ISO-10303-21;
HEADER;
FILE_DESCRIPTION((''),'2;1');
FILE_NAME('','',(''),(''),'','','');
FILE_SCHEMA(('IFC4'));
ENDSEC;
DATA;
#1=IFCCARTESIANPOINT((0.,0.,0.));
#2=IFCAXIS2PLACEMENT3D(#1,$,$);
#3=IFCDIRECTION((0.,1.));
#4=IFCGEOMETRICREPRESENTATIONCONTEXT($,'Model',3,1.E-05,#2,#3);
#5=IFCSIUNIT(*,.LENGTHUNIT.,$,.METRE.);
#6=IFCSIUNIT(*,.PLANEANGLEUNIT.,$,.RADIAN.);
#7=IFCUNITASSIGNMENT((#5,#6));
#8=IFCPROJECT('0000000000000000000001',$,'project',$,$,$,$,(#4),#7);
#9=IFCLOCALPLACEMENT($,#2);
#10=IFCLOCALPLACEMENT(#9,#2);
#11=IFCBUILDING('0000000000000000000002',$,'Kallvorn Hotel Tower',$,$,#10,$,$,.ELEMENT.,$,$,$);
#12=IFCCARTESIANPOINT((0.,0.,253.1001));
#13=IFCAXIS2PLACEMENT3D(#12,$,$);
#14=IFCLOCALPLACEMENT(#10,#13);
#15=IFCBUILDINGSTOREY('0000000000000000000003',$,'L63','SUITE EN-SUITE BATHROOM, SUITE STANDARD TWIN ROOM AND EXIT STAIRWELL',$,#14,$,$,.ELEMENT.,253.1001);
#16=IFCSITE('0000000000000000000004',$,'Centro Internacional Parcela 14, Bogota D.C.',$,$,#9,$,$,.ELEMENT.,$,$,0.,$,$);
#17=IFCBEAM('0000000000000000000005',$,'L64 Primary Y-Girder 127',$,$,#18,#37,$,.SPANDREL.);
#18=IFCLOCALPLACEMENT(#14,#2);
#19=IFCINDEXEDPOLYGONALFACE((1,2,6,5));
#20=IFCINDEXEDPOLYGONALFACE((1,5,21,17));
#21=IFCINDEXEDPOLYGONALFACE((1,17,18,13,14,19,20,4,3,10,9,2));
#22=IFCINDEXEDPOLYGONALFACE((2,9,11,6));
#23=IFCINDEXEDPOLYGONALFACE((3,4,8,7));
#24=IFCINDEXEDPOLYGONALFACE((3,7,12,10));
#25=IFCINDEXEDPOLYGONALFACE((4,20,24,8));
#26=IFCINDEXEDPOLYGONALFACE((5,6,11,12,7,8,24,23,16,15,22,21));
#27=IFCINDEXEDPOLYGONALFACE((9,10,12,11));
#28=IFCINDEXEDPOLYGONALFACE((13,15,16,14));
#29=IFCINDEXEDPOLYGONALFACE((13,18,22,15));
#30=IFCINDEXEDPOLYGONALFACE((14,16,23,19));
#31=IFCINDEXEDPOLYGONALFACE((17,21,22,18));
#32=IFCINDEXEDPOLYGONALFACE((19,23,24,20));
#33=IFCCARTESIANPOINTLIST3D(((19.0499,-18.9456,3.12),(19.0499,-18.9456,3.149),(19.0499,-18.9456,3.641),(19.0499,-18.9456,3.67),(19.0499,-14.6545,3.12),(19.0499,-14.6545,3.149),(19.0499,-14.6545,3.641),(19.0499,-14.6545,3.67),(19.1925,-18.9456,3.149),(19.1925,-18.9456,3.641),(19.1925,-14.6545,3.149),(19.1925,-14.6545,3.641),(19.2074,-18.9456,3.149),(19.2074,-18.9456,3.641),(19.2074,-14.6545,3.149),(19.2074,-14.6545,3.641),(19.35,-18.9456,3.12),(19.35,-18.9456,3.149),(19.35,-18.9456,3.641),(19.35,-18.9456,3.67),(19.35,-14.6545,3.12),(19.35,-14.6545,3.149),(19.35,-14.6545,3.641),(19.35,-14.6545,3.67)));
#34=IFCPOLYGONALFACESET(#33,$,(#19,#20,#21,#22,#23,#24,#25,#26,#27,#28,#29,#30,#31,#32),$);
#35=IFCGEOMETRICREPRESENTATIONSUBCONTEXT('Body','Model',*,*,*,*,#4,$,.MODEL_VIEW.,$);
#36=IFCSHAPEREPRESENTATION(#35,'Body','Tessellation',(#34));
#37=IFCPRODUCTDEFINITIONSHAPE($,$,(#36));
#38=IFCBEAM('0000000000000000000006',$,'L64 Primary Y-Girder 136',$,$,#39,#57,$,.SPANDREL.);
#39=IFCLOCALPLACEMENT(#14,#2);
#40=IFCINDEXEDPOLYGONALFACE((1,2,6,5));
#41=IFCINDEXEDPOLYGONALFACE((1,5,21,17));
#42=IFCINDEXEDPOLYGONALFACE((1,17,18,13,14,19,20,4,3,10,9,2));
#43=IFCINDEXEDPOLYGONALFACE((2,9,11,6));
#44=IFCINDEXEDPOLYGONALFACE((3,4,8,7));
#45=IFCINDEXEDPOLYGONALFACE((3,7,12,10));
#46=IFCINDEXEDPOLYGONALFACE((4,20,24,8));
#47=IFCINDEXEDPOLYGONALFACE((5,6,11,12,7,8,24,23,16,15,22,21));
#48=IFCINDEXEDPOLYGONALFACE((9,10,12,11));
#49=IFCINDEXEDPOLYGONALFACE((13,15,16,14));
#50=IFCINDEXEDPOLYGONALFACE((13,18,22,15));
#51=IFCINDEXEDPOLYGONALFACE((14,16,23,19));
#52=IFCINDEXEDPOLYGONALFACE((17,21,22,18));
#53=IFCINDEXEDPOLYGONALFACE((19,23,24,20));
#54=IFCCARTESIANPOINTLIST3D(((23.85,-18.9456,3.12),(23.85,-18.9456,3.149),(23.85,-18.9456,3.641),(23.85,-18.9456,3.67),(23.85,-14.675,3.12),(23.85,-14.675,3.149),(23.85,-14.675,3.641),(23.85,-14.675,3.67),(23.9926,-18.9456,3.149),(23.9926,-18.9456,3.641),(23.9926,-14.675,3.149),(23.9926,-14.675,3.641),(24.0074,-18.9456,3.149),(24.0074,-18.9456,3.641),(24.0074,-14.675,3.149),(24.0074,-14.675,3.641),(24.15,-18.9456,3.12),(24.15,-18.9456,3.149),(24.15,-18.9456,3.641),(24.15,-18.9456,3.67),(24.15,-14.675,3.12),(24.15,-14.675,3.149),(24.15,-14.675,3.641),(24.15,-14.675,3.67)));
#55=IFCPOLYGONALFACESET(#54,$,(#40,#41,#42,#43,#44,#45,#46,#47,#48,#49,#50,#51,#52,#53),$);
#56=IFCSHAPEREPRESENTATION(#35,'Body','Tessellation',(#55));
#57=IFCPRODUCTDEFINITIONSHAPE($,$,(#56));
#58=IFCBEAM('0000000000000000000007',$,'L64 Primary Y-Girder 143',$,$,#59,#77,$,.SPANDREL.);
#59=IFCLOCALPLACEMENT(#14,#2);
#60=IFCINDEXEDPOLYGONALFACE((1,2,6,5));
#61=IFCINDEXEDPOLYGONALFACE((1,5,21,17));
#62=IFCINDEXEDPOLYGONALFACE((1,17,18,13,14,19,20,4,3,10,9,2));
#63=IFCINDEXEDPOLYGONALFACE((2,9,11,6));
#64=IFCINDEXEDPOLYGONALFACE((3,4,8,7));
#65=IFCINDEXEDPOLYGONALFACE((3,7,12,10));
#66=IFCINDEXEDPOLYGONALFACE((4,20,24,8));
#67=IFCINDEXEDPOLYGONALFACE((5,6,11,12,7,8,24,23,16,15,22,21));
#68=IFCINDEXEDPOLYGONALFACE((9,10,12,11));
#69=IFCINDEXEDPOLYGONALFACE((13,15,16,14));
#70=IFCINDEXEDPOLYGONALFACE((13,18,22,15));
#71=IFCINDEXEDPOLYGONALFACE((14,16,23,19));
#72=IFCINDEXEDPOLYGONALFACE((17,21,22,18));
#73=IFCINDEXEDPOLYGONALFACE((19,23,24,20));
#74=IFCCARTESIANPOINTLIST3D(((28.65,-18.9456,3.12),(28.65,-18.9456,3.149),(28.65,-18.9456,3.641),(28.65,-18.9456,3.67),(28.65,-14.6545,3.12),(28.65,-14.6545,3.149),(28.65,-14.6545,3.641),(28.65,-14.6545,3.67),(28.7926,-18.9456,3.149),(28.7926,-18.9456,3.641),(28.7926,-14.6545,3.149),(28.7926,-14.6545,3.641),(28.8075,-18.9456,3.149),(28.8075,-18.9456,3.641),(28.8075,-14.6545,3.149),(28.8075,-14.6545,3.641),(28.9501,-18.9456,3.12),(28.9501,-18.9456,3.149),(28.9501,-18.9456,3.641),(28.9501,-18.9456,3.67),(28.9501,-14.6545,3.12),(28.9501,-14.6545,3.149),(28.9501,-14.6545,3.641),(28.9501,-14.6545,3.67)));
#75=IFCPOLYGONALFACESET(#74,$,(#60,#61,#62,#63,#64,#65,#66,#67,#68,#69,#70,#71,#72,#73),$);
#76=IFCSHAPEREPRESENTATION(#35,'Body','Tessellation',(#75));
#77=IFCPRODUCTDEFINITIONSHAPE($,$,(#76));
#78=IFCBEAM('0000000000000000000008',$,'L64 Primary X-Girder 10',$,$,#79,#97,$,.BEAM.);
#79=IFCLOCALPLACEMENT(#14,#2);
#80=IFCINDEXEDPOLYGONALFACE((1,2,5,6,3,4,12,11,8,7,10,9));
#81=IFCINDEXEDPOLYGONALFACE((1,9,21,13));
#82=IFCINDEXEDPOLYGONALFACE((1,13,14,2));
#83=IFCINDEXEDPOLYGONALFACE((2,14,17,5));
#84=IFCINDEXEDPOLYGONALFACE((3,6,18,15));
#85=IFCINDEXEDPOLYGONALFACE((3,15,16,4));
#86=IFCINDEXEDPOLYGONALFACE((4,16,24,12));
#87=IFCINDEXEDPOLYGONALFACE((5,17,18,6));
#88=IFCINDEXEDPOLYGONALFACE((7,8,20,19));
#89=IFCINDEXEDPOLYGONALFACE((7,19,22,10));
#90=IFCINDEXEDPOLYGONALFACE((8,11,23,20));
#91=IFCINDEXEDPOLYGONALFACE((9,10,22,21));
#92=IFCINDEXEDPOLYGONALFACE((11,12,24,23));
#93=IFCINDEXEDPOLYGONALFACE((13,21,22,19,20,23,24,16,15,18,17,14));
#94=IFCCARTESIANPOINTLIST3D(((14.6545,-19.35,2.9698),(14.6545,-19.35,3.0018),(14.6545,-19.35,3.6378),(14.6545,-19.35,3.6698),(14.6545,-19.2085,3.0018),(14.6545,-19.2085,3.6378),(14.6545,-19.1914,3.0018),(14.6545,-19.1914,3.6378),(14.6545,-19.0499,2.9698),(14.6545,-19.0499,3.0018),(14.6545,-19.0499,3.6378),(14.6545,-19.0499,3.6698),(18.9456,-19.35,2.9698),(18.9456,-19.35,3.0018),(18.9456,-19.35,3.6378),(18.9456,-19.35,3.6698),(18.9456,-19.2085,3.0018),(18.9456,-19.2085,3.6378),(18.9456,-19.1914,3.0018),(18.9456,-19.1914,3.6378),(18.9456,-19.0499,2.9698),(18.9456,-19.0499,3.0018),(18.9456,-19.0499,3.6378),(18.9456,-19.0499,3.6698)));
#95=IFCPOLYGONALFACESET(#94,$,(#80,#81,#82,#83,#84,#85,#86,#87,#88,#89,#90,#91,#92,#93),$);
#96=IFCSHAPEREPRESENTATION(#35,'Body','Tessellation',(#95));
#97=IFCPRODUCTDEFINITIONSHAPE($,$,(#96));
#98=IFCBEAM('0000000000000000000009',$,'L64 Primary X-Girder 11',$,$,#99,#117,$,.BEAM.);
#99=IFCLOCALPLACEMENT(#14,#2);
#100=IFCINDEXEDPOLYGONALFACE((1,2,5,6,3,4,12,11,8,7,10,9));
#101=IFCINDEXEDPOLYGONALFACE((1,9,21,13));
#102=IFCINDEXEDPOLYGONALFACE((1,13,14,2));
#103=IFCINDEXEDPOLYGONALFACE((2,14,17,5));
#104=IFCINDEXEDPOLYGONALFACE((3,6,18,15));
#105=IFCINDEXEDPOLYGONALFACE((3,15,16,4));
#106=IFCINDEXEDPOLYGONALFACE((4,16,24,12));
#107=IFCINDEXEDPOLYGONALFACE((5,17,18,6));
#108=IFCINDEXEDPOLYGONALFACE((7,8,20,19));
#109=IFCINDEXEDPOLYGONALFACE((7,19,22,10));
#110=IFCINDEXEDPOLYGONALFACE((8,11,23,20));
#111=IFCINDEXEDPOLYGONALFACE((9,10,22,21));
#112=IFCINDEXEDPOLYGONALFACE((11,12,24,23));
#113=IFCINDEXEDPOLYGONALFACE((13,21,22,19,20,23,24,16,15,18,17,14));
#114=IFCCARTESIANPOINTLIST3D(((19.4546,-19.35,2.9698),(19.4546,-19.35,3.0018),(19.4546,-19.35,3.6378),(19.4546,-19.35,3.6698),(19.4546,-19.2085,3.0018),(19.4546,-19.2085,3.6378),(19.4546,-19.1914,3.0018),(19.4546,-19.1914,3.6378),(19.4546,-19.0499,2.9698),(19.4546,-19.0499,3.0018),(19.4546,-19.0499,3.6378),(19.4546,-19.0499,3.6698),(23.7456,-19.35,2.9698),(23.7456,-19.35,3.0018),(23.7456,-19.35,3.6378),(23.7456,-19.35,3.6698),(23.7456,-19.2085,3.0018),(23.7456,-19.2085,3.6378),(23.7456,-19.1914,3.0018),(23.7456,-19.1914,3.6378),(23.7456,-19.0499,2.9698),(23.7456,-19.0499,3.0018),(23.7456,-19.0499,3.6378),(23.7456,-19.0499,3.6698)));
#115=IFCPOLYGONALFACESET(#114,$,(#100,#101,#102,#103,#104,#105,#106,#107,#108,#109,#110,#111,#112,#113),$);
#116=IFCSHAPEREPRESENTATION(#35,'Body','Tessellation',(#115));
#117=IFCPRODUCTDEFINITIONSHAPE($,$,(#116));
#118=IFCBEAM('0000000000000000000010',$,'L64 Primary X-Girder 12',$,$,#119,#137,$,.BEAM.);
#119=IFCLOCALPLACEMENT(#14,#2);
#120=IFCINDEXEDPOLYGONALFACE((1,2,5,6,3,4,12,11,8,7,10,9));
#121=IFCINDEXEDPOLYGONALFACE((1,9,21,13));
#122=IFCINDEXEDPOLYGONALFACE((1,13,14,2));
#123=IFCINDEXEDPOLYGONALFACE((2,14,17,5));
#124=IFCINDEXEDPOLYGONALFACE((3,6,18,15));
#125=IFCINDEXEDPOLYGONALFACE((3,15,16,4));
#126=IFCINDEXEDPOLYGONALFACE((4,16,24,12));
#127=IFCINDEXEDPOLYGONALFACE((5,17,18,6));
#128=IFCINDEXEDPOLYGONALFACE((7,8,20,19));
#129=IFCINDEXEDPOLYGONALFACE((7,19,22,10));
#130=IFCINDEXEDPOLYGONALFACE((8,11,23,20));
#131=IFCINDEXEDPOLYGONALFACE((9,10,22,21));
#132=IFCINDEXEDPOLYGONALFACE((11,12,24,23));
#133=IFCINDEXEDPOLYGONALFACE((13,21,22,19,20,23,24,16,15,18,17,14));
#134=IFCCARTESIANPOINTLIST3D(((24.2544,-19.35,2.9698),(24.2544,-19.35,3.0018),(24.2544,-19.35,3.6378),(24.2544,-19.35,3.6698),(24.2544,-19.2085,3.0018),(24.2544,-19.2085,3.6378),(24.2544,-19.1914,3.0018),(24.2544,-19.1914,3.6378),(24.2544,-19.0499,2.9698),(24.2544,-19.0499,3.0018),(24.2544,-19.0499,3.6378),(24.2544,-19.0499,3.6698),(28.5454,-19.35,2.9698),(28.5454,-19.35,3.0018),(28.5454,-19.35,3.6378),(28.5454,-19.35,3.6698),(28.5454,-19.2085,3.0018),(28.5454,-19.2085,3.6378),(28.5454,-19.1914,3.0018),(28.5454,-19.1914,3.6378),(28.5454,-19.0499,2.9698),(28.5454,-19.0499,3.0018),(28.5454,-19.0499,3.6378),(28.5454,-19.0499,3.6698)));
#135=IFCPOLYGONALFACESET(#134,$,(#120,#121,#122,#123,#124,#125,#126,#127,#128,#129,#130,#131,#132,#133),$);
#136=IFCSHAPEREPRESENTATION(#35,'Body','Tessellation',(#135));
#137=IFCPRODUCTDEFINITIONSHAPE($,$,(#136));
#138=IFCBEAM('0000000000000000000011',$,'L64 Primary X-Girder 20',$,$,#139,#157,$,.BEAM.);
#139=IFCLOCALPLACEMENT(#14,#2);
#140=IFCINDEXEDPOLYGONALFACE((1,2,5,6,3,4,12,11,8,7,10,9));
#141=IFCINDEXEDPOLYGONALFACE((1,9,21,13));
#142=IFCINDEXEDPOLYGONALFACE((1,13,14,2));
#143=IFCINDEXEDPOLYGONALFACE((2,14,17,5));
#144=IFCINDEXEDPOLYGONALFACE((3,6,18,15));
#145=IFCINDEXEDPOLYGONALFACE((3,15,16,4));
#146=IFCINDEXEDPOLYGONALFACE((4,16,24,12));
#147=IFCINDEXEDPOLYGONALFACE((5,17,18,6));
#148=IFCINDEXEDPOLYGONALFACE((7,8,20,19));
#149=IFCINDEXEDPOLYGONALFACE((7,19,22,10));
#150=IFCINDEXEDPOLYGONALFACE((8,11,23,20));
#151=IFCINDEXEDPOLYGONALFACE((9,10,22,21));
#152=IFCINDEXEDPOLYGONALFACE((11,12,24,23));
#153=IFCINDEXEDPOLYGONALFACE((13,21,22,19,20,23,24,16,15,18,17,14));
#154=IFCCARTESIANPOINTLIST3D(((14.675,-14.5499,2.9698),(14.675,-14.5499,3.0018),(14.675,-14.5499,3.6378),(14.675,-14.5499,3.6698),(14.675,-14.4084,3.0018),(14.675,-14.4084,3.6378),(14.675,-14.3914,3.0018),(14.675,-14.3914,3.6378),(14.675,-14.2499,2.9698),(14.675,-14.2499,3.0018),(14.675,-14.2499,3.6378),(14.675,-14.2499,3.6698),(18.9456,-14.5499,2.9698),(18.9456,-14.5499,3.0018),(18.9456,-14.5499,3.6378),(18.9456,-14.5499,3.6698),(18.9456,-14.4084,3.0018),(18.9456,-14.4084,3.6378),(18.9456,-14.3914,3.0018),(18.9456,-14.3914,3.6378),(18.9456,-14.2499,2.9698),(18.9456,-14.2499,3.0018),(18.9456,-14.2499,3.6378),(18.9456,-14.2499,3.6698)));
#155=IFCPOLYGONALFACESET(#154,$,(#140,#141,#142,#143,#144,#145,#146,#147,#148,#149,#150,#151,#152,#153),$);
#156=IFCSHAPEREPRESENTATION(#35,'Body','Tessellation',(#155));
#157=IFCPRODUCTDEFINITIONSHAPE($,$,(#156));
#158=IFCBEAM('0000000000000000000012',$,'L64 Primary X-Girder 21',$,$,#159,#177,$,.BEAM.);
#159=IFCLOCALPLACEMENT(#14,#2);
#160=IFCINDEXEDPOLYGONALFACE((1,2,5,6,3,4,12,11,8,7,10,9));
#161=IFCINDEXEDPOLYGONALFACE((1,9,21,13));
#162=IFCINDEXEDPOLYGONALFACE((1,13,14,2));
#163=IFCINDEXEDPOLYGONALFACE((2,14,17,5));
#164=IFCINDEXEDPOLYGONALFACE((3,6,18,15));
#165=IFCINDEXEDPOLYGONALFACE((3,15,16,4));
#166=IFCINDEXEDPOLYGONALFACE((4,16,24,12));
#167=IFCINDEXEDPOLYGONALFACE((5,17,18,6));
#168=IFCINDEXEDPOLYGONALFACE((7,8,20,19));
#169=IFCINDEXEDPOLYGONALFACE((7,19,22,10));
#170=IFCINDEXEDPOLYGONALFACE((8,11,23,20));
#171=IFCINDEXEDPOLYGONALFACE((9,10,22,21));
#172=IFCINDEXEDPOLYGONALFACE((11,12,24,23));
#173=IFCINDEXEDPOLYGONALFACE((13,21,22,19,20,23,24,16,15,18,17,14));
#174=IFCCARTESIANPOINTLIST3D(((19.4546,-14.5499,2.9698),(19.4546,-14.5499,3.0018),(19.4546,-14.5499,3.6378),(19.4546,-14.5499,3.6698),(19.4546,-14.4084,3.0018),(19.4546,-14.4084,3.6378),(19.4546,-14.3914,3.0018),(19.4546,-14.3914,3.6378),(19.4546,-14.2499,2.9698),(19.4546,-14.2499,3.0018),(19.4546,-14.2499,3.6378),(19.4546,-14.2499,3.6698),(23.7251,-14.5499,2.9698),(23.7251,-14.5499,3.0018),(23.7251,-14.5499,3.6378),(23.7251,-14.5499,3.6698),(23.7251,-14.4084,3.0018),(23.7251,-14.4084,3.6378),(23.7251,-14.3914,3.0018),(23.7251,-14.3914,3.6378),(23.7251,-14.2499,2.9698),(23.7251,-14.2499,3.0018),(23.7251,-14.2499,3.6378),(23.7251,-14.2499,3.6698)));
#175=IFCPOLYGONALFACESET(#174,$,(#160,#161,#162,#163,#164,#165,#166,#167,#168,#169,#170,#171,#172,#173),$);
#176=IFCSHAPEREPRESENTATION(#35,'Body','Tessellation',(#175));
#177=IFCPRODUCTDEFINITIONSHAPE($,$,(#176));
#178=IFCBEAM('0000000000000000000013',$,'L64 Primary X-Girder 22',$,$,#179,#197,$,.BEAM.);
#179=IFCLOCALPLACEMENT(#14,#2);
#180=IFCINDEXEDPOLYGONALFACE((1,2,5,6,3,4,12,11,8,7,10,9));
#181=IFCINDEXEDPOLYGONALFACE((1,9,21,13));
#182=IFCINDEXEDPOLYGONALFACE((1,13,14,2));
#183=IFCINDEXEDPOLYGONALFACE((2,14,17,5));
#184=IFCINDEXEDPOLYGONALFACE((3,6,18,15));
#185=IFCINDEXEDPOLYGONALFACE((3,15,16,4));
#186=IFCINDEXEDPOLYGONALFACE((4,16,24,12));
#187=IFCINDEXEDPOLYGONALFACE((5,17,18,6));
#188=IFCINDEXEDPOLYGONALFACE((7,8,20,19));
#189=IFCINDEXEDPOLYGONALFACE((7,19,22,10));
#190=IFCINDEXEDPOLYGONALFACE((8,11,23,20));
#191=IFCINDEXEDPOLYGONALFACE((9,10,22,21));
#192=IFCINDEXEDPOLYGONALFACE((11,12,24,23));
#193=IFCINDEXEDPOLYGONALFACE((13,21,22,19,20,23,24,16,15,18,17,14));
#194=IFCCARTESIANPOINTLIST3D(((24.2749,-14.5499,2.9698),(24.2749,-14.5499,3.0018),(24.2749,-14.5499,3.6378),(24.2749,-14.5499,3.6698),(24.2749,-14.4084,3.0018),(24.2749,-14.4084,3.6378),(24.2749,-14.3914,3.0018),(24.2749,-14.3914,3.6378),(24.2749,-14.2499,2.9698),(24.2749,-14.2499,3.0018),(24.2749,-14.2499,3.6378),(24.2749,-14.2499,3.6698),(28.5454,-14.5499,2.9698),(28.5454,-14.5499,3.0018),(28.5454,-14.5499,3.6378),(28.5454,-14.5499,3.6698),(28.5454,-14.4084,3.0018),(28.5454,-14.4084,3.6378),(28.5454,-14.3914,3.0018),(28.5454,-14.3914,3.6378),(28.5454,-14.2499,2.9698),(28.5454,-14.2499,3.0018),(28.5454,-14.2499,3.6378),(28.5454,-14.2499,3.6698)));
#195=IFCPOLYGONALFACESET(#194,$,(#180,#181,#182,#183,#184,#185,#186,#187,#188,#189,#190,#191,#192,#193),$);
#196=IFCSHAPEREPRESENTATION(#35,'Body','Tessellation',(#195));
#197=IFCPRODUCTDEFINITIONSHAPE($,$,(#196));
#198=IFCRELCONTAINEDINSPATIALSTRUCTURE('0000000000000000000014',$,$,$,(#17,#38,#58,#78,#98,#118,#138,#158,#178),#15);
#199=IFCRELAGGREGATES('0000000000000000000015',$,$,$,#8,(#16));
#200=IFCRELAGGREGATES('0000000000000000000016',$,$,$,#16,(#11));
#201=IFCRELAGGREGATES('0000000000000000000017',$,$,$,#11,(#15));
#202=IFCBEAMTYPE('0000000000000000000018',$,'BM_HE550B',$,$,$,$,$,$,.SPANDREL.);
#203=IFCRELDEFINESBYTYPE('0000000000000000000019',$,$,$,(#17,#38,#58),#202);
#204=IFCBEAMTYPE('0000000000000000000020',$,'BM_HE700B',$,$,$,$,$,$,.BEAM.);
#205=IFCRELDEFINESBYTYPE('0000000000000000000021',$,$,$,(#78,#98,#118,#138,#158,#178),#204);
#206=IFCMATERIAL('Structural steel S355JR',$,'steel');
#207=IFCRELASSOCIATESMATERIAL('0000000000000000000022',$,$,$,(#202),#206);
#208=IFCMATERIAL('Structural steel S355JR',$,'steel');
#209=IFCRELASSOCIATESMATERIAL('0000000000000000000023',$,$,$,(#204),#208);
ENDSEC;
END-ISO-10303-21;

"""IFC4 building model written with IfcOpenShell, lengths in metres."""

from ifc_helpers import new_model, si_unit, direction, frame, origin, origin_2d, place, context, subcontext, project, spatial, i_section, extrude, material, material_profile, profile_set, type_object, element, save


model = new_model("IFC4")

# Units and contexts
model_context = context("Model", 3, precision=1e-05, world=origin(), true_north=direction((0.0, 1.0)))
body_context = subcontext(model_context, "Body", "Model", "MODEL_VIEW")
ifc_project = project(units=[si_unit("LENGTHUNIT", "METRE"), si_unit("PLANEANGLEUNIT", "RADIAN")], contexts=[model_context])

# Site, building, storey
site_placement = place(None, origin())
site = spatial("IfcSite", under=ifc_project, at=site_placement, Name="Centro Internacional Parcela 14, Bogota D.C.", CompositionType="ELEMENT", RefElevation=0.0)
building_placement = place(site_placement, origin())
building = spatial("IfcBuilding", under=site, at=building_placement, Name="Kallvorn Hotel Tower", CompositionType="ELEMENT")
storey_placement = place(building_placement, frame((0.0, 0.0, 253.1001)))
storey = spatial("IfcBuildingStorey", under=building, at=storey_placement, Name="L63", Description="SUITE EN-SUITE BATHROOM, SUITE STANDARD TWIN ROOM AND EXIT STAIRWELL", CompositionType="ELEMENT", Elevation=253.1001)

# Beams
ifc_material_1 = material(Name="Structural steel S355JR", Category="steel")
ifc_material_profile_1 = material_profile(ifc_material_1, i_section(OverallWidth=0.3, OverallDepth=0.55, WebThickness=0.0149, FlangeThickness=0.0291, at=origin_2d()), Name="HE 550 B")
ifc_profile_set_1 = profile_set([ifc_material_profile_1], Name="Structural steel S355JR")
beam_type_1 = type_object("IfcBeamType", Name="BM_HE550B", PredefinedType="SPANDREL", material=ifc_profile_set_1)
beam_1_placement = place(storey_placement, frame((19.2, -18.9456, 3.395), z_axis=(0.0, 1.0, 0.0), x_axis=(-1.0, 0.0, 0.0)))
element("IfcBeam", 1, at=beam_1_placement, inside=storey, type_object=beam_type_1, Name="L64 Primary Y-Girder 127", PredefinedType="SPANDREL", context=body_context, shape_type="SweptSolid", body=[
    extrude(i_section(OverallWidth=0.3, OverallDepth=0.55, WebThickness=0.0149, FlangeThickness=0.0291, at=origin_2d()), origin(), (0.0, 0.0, 1.0), 4.291),
])
beam_2_placement = place(storey_placement, frame((24.0, -18.9456, 3.395), z_axis=(0.0, 1.0, 0.0), x_axis=(-1.0, 0.0, 0.0)))
element("IfcBeam", 2, at=beam_2_placement, inside=storey, type_object=beam_type_1, Name="L64 Primary Y-Girder 136", PredefinedType="SPANDREL", context=body_context, shape_type="SweptSolid", body=[
    extrude(i_section(OverallWidth=0.3, OverallDepth=0.55, WebThickness=0.0149, FlangeThickness=0.0291, at=origin_2d()), origin(), (0.0, 0.0, 1.0), 4.2705),
])
beam_3_placement = place(storey_placement, frame((28.8, -18.9456, 3.395), z_axis=(0.0, 1.0, 0.0), x_axis=(-1.0, 0.0, 0.0)))
element("IfcBeam", 3, at=beam_3_placement, inside=storey, type_object=beam_type_1, Name="L64 Primary Y-Girder 143", PredefinedType="SPANDREL", context=body_context, shape_type="SweptSolid", body=[
    extrude(i_section(OverallWidth=0.3, OverallDepth=0.55, WebThickness=0.0149, FlangeThickness=0.0291, at=origin_2d()), origin(), (0.0, 0.0, 1.0), 4.291),
])
ifc_material_2 = material(Name="Structural steel S355JR", Category="steel")
ifc_material_profile_2 = material_profile(ifc_material_2, i_section(OverallWidth=0.3, OverallDepth=0.7, WebThickness=0.0171, FlangeThickness=0.032, at=origin_2d()), Name="HE 700 B")
ifc_profile_set_2 = profile_set([ifc_material_profile_2], Name="Structural steel S355JR")
beam_type_2 = type_object("IfcBeamType", Name="BM_HE700B", PredefinedType="BEAM", material=ifc_profile_set_2)
for number, where, z_axis, x_axis, name in (
    (4, (14.6545, -19.2, 3.3198), (1.0, 0.0, 0.0), (0.0, 1.0, 0.0), "L64 Primary X-Girder 10"),
    (5, (19.4546, -19.2, 3.3198), (1.0, 0.0, 0.0), (0.0, 1.0, 0.0), "L64 Primary X-Girder 11"),
    (6, (24.2544, -19.2, 3.3198), (1.0, 0.0, 0.0), (0.0, 1.0, 0.0), "L64 Primary X-Girder 12"),
):
    element("IfcBeam", number, at=place(storey_placement, frame(where, z_axis=z_axis, x_axis=x_axis)), inside=storey, type_object=beam_type_2, Name=name, PredefinedType="BEAM", context=body_context, shape_type="SweptSolid", body=[
        extrude(i_section(OverallWidth=0.3, OverallDepth=0.7, WebThickness=0.0171, FlangeThickness=0.032, at=origin_2d()), origin(), (0.0, 0.0, 1.0), 4.291),
    ])
for number, where, z_axis, x_axis, name in (
    (7, (14.675, -14.3999, 3.3198), (1.0, 0.0, 0.0), (0.0, 1.0, 0.0), "L64 Primary X-Girder 20"),
    (8, (19.4546, -14.3999, 3.3198), (1.0, 0.0, 0.0), (0.0, 1.0, 0.0), "L64 Primary X-Girder 21"),
    (9, (24.2749, -14.3999, 3.3198), (1.0, 0.0, 0.0), (0.0, 1.0, 0.0), "L64 Primary X-Girder 22"),
):
    element("IfcBeam", number, at=place(storey_placement, frame(where, z_axis=z_axis, x_axis=x_axis)), inside=storey, type_object=beam_type_2, Name=name, PredefinedType="BEAM", context=body_context, shape_type="SweptSolid", body=[
        extrude(i_section(OverallWidth=0.3, OverallDepth=0.7, WebThickness=0.0171, FlangeThickness=0.032, at=origin_2d()), origin(), (0.0, 0.0, 1.0), 4.2705),
    ])

save(model, "model.ifc")
